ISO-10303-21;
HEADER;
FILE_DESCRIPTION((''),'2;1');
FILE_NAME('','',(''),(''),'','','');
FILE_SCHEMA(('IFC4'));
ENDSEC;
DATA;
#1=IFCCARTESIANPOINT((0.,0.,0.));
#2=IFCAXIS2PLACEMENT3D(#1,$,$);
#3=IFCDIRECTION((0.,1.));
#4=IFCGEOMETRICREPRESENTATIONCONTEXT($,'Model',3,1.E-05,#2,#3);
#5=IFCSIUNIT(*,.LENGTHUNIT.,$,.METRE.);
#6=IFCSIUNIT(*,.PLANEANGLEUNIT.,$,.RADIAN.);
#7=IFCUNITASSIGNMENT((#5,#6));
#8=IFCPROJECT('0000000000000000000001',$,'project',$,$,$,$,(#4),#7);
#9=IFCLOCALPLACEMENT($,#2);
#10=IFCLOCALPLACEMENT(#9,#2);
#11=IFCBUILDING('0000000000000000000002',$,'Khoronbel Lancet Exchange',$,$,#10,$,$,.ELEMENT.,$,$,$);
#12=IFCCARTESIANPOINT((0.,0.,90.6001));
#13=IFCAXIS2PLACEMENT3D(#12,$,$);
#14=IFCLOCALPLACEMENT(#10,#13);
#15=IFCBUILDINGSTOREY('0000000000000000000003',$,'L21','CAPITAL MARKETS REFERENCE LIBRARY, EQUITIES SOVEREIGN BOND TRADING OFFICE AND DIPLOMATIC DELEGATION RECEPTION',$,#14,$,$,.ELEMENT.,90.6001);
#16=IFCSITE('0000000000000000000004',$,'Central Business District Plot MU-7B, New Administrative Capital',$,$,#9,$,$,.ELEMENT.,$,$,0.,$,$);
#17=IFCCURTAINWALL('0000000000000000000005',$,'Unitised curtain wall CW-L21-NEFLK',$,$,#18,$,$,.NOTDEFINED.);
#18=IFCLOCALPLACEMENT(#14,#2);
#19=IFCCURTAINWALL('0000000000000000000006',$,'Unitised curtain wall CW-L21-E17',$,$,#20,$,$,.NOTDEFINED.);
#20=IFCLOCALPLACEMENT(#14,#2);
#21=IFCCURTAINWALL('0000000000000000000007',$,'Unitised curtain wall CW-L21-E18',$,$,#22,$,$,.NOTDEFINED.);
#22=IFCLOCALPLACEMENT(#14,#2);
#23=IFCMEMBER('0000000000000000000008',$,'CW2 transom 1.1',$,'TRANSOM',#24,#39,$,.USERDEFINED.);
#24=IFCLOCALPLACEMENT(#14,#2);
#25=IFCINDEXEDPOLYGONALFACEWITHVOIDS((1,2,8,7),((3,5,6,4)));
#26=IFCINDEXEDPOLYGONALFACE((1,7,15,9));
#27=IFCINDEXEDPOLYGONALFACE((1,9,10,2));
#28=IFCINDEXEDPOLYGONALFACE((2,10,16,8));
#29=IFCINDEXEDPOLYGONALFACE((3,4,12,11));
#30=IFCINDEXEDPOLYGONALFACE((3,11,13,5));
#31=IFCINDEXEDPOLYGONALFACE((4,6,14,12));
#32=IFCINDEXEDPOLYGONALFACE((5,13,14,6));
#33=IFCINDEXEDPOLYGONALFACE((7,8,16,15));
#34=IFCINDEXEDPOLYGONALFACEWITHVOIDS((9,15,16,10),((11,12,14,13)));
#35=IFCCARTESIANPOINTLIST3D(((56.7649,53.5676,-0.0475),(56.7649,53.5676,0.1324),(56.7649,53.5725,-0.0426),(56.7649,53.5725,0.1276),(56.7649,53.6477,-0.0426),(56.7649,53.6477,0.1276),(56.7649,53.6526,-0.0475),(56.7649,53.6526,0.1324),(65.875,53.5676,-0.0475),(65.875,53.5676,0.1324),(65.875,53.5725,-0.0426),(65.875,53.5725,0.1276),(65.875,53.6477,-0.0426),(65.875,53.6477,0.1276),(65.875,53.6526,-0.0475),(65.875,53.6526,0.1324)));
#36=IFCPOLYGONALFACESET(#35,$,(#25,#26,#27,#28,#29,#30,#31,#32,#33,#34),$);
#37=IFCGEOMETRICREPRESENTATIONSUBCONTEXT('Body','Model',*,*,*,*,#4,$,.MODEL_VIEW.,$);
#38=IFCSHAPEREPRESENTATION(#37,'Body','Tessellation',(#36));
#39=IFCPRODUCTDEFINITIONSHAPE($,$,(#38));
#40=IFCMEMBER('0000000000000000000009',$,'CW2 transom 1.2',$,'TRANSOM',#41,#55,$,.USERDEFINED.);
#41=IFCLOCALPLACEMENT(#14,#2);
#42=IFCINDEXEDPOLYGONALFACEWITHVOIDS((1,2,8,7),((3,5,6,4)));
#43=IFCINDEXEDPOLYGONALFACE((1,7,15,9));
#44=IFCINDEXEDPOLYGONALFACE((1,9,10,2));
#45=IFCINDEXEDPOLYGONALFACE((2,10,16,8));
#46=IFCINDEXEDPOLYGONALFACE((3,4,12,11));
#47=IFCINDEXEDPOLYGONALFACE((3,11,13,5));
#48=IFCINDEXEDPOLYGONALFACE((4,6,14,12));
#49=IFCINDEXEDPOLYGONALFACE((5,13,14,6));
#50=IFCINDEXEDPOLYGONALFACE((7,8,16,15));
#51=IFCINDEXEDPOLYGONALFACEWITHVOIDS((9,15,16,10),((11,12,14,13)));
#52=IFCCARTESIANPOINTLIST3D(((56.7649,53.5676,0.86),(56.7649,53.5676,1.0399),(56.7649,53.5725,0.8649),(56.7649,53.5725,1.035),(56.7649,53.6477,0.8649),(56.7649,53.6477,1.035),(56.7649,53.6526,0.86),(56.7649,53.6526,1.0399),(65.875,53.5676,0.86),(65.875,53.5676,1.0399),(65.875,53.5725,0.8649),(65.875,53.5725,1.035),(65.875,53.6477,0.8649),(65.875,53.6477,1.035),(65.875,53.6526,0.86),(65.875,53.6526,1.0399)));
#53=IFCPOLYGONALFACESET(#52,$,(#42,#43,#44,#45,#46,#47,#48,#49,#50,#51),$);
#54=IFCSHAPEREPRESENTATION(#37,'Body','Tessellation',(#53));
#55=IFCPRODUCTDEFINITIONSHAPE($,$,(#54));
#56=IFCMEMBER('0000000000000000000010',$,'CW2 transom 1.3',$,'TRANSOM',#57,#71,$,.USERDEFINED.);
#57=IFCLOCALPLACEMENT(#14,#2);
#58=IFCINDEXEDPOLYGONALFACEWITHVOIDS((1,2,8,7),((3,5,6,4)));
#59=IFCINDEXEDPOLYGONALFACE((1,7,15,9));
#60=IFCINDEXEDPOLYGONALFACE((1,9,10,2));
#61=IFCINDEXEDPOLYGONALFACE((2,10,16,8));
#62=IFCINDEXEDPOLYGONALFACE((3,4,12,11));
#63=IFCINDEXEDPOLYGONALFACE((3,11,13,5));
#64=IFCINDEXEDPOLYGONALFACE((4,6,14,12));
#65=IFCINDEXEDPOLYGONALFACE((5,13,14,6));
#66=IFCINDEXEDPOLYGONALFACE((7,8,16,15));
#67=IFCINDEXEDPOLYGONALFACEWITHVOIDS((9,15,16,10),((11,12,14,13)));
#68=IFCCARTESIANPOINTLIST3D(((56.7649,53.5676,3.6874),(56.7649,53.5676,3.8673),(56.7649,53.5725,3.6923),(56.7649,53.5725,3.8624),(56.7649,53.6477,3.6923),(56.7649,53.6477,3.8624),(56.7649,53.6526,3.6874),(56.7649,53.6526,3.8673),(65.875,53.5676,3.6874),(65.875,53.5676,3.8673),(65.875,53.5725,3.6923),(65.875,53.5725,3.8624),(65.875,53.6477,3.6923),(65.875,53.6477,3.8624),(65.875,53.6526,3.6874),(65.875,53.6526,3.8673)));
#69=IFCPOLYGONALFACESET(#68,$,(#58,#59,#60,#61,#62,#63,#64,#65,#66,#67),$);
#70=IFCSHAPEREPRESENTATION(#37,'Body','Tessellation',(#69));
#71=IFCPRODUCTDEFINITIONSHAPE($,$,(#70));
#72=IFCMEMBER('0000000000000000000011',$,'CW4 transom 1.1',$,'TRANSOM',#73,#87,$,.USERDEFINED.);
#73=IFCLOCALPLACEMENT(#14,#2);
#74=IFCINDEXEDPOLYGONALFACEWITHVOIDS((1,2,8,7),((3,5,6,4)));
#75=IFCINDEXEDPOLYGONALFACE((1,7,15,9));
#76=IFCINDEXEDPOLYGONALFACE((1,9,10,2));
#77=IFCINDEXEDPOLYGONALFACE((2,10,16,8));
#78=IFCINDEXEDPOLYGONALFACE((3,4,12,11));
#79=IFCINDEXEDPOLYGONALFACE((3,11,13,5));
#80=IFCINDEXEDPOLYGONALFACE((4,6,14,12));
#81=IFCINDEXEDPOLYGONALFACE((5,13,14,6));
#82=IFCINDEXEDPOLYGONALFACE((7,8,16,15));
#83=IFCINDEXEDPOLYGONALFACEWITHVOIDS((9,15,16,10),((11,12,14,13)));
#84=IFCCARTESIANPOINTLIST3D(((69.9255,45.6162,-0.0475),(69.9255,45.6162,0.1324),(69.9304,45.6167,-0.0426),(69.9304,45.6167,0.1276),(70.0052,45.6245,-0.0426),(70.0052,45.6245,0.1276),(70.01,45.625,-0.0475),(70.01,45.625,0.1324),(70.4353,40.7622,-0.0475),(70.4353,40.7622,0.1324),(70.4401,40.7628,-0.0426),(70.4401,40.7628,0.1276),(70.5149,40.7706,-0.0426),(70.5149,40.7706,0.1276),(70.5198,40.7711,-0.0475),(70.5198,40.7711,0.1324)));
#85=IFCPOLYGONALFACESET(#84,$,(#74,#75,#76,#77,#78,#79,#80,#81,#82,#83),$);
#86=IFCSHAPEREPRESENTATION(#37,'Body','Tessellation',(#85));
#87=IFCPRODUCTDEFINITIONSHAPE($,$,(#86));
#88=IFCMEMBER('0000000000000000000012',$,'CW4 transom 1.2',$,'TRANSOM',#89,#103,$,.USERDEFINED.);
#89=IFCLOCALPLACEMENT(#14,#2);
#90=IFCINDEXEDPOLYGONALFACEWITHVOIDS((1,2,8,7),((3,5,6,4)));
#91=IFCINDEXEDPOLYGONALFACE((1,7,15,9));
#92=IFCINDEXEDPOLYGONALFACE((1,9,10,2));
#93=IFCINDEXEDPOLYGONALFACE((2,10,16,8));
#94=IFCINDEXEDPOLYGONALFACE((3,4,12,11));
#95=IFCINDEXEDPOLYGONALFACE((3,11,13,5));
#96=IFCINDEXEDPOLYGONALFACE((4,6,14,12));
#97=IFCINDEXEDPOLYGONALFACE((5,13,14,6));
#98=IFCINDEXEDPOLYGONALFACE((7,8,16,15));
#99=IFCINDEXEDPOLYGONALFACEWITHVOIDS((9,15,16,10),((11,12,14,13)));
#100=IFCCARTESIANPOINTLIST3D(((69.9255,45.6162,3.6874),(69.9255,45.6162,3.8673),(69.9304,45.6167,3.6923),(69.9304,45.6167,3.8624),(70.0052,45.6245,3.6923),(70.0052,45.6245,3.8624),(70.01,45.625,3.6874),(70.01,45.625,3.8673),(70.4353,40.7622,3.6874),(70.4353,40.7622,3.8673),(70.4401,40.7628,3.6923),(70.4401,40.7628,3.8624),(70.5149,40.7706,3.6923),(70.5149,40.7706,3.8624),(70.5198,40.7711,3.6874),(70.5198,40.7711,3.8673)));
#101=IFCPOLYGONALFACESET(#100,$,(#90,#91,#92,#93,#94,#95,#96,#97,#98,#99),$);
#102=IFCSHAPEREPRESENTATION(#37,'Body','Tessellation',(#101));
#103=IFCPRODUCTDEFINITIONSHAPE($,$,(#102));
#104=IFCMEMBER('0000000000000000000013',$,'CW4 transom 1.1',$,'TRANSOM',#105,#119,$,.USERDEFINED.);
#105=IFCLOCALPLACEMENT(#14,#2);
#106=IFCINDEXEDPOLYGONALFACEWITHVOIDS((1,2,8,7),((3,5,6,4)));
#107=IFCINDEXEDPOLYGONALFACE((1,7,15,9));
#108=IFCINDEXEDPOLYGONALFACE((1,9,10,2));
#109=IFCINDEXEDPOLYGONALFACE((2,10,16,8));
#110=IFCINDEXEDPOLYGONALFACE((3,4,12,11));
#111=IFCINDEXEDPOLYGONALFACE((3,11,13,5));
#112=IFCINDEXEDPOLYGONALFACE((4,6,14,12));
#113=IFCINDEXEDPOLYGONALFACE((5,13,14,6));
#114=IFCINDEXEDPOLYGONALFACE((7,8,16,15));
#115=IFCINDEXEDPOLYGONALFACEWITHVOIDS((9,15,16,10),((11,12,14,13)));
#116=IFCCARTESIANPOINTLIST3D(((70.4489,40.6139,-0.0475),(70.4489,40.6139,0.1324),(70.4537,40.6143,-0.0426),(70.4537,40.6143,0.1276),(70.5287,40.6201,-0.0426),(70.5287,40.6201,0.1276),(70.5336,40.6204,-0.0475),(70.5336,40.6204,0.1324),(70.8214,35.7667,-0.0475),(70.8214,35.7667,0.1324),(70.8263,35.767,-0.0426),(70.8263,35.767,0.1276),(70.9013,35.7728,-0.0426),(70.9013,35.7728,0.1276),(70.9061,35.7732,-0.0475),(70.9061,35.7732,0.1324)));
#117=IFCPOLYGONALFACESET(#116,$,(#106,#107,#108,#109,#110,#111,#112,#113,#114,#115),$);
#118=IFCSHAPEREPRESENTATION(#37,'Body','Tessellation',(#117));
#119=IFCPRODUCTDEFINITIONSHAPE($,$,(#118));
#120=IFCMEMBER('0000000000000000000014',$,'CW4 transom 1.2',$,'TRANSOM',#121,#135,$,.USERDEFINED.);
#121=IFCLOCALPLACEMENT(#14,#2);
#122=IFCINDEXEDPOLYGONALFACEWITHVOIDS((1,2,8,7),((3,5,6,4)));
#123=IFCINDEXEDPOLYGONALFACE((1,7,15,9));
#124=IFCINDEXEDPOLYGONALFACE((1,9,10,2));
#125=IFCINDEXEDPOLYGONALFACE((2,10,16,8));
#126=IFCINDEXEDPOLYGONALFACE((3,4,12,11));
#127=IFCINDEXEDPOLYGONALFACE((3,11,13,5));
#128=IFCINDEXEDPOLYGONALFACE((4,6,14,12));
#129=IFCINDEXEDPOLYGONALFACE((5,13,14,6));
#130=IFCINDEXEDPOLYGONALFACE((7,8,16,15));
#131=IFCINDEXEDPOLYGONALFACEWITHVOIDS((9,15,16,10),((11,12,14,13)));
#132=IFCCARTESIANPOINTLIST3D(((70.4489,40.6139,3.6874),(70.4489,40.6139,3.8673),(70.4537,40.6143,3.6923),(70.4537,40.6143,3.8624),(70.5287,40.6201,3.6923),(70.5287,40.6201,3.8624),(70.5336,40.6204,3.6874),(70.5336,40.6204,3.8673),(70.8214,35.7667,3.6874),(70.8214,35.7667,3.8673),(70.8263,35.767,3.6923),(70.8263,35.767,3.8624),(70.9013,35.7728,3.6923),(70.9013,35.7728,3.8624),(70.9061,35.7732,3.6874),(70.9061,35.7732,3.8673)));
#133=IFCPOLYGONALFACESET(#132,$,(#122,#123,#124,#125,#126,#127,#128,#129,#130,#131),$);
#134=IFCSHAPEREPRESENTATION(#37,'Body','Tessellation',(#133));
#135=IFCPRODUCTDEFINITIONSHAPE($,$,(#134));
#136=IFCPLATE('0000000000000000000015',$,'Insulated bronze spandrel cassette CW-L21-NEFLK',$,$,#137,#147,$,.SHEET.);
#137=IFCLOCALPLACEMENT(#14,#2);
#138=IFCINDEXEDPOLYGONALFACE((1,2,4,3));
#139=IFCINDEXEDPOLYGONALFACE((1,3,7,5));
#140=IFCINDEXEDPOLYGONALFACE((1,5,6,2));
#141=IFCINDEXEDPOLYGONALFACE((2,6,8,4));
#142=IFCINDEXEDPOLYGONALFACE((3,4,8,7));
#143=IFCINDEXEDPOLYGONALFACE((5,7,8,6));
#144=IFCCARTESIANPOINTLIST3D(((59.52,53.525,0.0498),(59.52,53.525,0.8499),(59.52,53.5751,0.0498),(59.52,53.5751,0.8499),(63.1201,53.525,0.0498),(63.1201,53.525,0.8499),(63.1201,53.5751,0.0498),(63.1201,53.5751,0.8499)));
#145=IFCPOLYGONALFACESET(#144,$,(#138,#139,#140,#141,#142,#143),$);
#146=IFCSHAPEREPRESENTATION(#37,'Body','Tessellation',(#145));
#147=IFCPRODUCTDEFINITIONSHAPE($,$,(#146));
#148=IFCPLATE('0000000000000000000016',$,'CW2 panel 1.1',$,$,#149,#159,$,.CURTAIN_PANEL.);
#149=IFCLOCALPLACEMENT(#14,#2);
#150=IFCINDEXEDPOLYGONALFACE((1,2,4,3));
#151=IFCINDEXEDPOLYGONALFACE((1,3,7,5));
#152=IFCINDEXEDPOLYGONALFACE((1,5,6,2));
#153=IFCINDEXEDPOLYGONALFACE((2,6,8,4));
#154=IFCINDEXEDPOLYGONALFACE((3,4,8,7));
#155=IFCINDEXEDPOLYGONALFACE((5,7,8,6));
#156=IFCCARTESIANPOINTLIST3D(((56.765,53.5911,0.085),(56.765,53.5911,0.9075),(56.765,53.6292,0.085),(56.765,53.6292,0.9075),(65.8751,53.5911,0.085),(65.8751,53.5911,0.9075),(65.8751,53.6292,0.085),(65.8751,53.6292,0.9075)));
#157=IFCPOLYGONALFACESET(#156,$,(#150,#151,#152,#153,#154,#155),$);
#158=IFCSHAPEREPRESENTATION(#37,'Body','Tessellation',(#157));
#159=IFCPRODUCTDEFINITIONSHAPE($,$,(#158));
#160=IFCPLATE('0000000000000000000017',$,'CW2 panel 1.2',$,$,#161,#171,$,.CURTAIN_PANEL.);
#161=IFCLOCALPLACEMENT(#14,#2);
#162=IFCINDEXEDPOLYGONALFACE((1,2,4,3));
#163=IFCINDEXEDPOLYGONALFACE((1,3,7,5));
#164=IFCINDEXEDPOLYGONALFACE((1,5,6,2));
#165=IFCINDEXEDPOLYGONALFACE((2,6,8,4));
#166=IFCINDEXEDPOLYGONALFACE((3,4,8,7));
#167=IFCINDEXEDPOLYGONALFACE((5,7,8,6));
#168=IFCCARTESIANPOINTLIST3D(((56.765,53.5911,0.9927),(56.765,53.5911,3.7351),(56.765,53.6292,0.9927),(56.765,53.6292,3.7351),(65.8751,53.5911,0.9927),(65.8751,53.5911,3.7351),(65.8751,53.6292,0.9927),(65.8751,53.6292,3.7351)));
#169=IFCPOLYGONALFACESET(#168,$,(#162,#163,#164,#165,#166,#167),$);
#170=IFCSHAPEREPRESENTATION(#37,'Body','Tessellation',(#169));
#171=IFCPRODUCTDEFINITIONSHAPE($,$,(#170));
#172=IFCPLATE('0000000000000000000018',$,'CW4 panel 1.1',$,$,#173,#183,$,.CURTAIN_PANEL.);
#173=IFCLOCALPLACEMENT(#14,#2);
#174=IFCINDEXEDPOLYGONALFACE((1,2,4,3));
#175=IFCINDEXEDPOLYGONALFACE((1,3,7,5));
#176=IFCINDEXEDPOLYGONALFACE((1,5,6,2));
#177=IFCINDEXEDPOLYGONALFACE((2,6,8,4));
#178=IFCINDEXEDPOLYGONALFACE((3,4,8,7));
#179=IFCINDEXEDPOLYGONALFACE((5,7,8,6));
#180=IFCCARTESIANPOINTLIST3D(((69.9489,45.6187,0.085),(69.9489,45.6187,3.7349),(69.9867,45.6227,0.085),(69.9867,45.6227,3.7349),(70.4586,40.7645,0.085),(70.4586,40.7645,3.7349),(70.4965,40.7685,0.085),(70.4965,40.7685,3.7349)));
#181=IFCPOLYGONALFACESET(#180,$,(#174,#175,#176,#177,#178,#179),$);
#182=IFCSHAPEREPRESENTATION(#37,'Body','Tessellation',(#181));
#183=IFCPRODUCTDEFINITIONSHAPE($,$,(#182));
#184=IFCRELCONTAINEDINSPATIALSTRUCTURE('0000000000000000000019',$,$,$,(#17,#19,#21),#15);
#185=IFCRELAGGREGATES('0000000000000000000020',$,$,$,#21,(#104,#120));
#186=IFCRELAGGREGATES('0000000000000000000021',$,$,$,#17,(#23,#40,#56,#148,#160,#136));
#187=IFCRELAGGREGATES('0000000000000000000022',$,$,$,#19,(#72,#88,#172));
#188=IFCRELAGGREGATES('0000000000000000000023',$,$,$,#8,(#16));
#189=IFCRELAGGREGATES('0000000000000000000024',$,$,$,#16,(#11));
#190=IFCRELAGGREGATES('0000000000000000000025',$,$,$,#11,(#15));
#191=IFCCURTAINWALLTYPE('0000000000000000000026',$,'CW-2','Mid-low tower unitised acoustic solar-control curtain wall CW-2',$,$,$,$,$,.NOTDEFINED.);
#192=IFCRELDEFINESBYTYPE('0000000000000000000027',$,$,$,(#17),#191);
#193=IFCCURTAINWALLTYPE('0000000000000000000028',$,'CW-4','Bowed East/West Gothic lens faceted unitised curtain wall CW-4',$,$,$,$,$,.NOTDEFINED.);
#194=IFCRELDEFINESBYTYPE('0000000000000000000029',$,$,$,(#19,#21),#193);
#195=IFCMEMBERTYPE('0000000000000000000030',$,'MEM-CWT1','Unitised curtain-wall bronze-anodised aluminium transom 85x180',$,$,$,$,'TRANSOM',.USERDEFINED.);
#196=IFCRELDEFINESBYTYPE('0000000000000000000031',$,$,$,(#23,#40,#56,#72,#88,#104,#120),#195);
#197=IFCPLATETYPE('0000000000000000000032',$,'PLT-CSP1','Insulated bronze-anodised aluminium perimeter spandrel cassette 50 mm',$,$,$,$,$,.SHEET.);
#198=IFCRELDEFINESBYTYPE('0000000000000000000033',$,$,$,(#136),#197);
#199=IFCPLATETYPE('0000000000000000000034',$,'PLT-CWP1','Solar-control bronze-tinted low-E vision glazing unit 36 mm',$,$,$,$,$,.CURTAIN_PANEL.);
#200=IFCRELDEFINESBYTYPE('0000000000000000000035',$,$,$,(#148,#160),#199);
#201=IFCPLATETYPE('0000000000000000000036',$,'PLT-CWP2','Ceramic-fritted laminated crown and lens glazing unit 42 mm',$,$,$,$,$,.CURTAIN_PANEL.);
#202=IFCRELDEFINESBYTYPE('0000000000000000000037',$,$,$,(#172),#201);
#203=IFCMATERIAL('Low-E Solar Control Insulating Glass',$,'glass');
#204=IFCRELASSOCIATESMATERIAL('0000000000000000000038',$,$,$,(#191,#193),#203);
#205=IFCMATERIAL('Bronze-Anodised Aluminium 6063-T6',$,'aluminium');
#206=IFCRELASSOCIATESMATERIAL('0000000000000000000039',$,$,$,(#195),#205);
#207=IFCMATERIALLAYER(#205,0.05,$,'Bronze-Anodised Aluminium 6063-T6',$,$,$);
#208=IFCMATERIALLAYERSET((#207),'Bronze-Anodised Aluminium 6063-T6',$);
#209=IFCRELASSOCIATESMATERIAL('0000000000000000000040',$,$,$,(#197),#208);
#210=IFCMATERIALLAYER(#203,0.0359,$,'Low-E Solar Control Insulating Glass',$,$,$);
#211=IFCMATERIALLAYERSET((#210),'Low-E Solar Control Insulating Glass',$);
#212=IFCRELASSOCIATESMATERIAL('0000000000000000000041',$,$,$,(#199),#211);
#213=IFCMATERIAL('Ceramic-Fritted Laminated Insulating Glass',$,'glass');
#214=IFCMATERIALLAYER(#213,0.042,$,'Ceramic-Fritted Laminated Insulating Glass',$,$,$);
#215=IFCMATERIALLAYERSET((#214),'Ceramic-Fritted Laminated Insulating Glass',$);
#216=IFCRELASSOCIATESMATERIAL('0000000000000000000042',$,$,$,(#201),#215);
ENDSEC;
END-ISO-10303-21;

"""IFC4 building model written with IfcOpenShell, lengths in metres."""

from ifc_helpers import new_model, si_unit, direction, frame, origin, origin_2d, place, context, subcontext, project, spatial, rectangle, hollow_rectangle, extrude, material, layer, layer_set, material_profile, profile_set, type_object, element, aggregate, save


model = new_model("IFC4")

# Units and contexts
model_context = context("Model", 3, precision=1e-05, world=origin(), true_north=direction((0.0, 1.0)))
body_context = subcontext(model_context, "Body", "Model", "MODEL_VIEW")
ifc_project = project(units=[si_unit("LENGTHUNIT", "METRE"), si_unit("PLANEANGLEUNIT", "RADIAN")], contexts=[model_context])

# Site, building, storey
site_placement = place(None, origin())
site = spatial("IfcSite", under=ifc_project, at=site_placement, Name="Central Business District Plot MU-7B, New Administrative Capital", CompositionType="ELEMENT", RefElevation=0.0)
building_placement = place(site_placement, origin())
building = spatial("IfcBuilding", under=site, at=building_placement, Name="Khoronbel Lancet Exchange", CompositionType="ELEMENT")
storey_placement = place(building_placement, frame((0.0, 0.0, 90.6001)))
storey = spatial("IfcBuildingStorey", under=building, at=storey_placement, Name="L21", Description="CAPITAL MARKETS REFERENCE LIBRARY, EQUITIES SOVEREIGN BOND TRADING OFFICE AND DIPLOMATIC DELEGATION RECEPTION", CompositionType="ELEMENT", Elevation=90.6001)

# Curtain walls
ifc_material_1 = material(Name="Low-E Solar Control Insulating Glass", Category="glass")
curtain_wall_type_1 = type_object("IfcCurtainWallType", Name="CW-2", Description="Mid-low tower unitised acoustic solar-control curtain wall CW-2", PredefinedType="NOTDEFINED", material=ifc_material_1)
curtain_wall_1_placement = place(storey_placement, origin())
curtain_wall_1 = element("IfcCurtainWall", 1, at=curtain_wall_1_placement, inside=storey, type_object=curtain_wall_type_1, Name="Unitised curtain wall CW-L21-NEFLK", PredefinedType="NOTDEFINED")
ifc_material_2 = material(Name="Bronze-Anodised Aluminium 6063-T6", Category="aluminium")
curtain_wall_type_2 = type_object("IfcCurtainWallType", Name="CW-4", Description="Bowed East/West Gothic lens faceted unitised curtain wall CW-4", PredefinedType="NOTDEFINED", material=ifc_material_1)
curtain_wall_2_placement = place(storey_placement, origin())
curtain_wall_2 = element("IfcCurtainWall", 2, at=curtain_wall_2_placement, inside=storey, type_object=curtain_wall_type_2, Name="Unitised curtain wall CW-L21-E17", PredefinedType="NOTDEFINED")

# Curtain wall
curtain_wall_3_placement = place(storey_placement, origin())
curtain_wall_3 = element("IfcCurtainWall", 3, at=curtain_wall_3_placement, inside=storey, type_object=curtain_wall_type_2, Name="Unitised curtain wall CW-L21-E18", PredefinedType="NOTDEFINED")

# Members
ifc_material_profile_1 = material_profile(ifc_material_2, hollow_rectangle(XDim=0.085, YDim=0.1799, WallThickness=0.0049, at=origin_2d()), Name="ALU TRANSOM 85x180")
ifc_profile_set_1 = profile_set([ifc_material_profile_1], Name="Bronze-Anodised Aluminium 6063-T6")
member_type_1 = type_object("IfcMemberType", Name="MEM-CWT1", Description="Unitised curtain-wall bronze-anodised aluminium transom 85x180", ElementType="TRANSOM", PredefinedType="USERDEFINED", material=ifc_profile_set_1)
member_1_placement = place(storey_placement, frame((65.875, 53.6101, 0.0425), z_axis=(-1.0, 0.0, 0.0), x_axis=(0.0, -1.0, 0.0)))
member_1 = element("IfcMember", 4, at=member_1_placement, type_object=member_type_1, Name="CW2 transom 1.1", ObjectType="TRANSOM", PredefinedType="USERDEFINED", context=body_context, shape_type="SweptSolid", body=[
    extrude(hollow_rectangle(XDim=0.085, YDim=0.1799, WallThickness=0.0049, at=origin_2d()), origin(), (0.0, 0.0, 1.0), 9.1101),
])
member_2_placement = place(storey_placement, frame((65.875, 53.6101, 0.95), z_axis=(-1.0, 0.0, 0.0), x_axis=(0.0, -1.0, 0.0)))
member_2 = element("IfcMember", 5, at=member_2_placement, type_object=member_type_1, Name="CW2 transom 1.2", ObjectType="TRANSOM", PredefinedType="USERDEFINED", context=body_context, shape_type="SweptSolid", body=[
    extrude(hollow_rectangle(XDim=0.085, YDim=0.1799, WallThickness=0.0049, at=origin_2d()), origin(), (0.0, 0.0, 1.0), 9.1101),
])
member_3_placement = place(storey_placement, frame((65.875, 53.6101, 3.7773), z_axis=(-1.0, 0.0, 0.0), x_axis=(0.0, -1.0, 0.0)))
member_3 = element("IfcMember", 6, at=member_3_placement, type_object=member_type_1, Name="CW2 transom 1.3", ObjectType="TRANSOM", PredefinedType="USERDEFINED", context=body_context, shape_type="SweptSolid", body=[
    extrude(hollow_rectangle(XDim=0.085, YDim=0.1799, WallThickness=0.0049, at=origin_2d()), origin(), (0.0, 0.0, 1.0), 9.1101),
])
member_4_placement = place(storey_placement, frame((69.9678, 45.6206, 0.0425), z_axis=(0.104445, -0.994531, 0.0), x_axis=(0.994531, 0.104445, 0.0)))
member_4 = element("IfcMember", 7, at=member_4_placement, type_object=member_type_1, Name="CW4 transom 1.1", ObjectType="TRANSOM", PredefinedType="USERDEFINED", context=body_context, shape_type="SweptSolid", body=[
    extrude(hollow_rectangle(XDim=0.085, YDim=0.1799, WallThickness=0.0049, at=origin_2d()), origin(), (0.0, 0.0, 1.0), 4.8806),
])
member_5_placement = place(storey_placement, frame((69.9678, 45.6206, 3.7773), z_axis=(0.104445, -0.994531, 0.0), x_axis=(0.994531, 0.104445, 0.0)))
member_5 = element("IfcMember", 8, at=member_5_placement, type_object=member_type_1, Name="CW4 transom 1.2", ObjectType="TRANSOM", PredefinedType="USERDEFINED", context=body_context, shape_type="SweptSolid", body=[
    extrude(hollow_rectangle(XDim=0.085, YDim=0.1799, WallThickness=0.0049, at=origin_2d()), origin(), (0.0, 0.0, 1.0), 4.8806),
])
member_6_placement = place(storey_placement, frame((70.4912, 40.6172, 0.0425), z_axis=(0.076635, -0.997059, 0.0), x_axis=(0.997059, 0.076635, 0.0)))
member_6 = element("IfcMember", 9, at=member_6_placement, type_object=member_type_1, Name="CW4 transom 1.1", ObjectType="TRANSOM", PredefinedType="USERDEFINED", context=body_context, shape_type="SweptSolid", body=[
    extrude(hollow_rectangle(XDim=0.085, YDim=0.1799, WallThickness=0.0049, at=origin_2d()), origin(), (0.0, 0.0, 1.0), 4.8616),
])
member_7_placement = place(storey_placement, frame((70.4912, 40.6172, 3.7773), z_axis=(0.076635, -0.997059, 0.0), x_axis=(0.997059, 0.076635, 0.0)))
member_7 = element("IfcMember", 10, at=member_7_placement, type_object=member_type_1, Name="CW4 transom 1.2", ObjectType="TRANSOM", PredefinedType="USERDEFINED", context=body_context, shape_type="SweptSolid", body=[
    extrude(hollow_rectangle(XDim=0.085, YDim=0.1799, WallThickness=0.0049, at=origin_2d()), origin(), (0.0, 0.0, 1.0), 4.8616),
])
aggregate(curtain_wall_3, [member_6, member_7])

# Plates
ifc_layer_1 = layer(ifc_material_2, 0.05, Name="Bronze-Anodised Aluminium 6063-T6")
ifc_layer_set_1 = layer_set([ifc_layer_1], Name="Bronze-Anodised Aluminium 6063-T6")
plate_type_1 = type_object("IfcPlateType", Name="PLT-CSP1", Description="Insulated bronze-anodised aluminium perimeter spandrel cassette 50 mm", PredefinedType="SHEET", material=ifc_layer_set_1)
plate_1_placement = place(storey_placement, frame((61.3201, 53.55, 0.0498), z_axis=(0.0, 0.0, 1.0), x_axis=(-1.0, 0.0, 0.0)))
plate_1 = element("IfcPlate", 11, at=plate_1_placement, type_object=plate_type_1, Name="Insulated bronze spandrel cassette CW-L21-NEFLK", PredefinedType="SHEET", context=body_context, shape_type="SweptSolid", body=[
    extrude(rectangle(XDim=3.6001, YDim=0.05, at=origin_2d()), origin(), (0.0, 0.0, 1.0), 0.8),
])
ifc_layer_2 = layer(ifc_material_1, 0.0359, Name="Low-E Solar Control Insulating Glass")
ifc_layer_set_2 = layer_set([ifc_layer_2], Name="Low-E Solar Control Insulating Glass")
plate_type_2 = type_object("IfcPlateType", Name="PLT-CWP1", Description="Solar-control bronze-tinted low-E vision glazing unit 36 mm", PredefinedType="CURTAIN_PANEL", material=ifc_layer_set_2)
plate_2_placement = place(storey_placement, frame((61.3201, 53.6101, 0.085), z_axis=(0.0, 0.0, 1.0), x_axis=(-1.0, 0.0, 0.0)))
plate_2 = element("IfcPlate", 12, at=plate_2_placement, type_object=plate_type_2, Name="CW2 panel 1.1", PredefinedType="CURTAIN_PANEL", context=body_context, shape_type="SweptSolid", body=[
    extrude(rectangle(XDim=9.1101, YDim=0.0381, at=origin_2d()), origin(), (0.0, 0.0, 1.0), 0.8225),
])
plate_3_placement = place(storey_placement, frame((61.3201, 53.6101, 0.9927), z_axis=(0.0, 0.0, 1.0), x_axis=(-1.0, 0.0, 0.0)))
plate_3 = element("IfcPlate", 13, at=plate_3_placement, type_object=plate_type_2, Name="CW2 panel 1.2", PredefinedType="CURTAIN_PANEL", context=body_context, shape_type="SweptSolid", body=[
    extrude(rectangle(XDim=9.1101, YDim=0.0381, at=origin_2d()), origin(), (0.0, 0.0, 1.0), 2.7424),
])
aggregate(curtain_wall_1, [member_1, member_2, member_3, plate_2, plate_3, plate_1])
ifc_material_3 = material(Name="Ceramic-Fritted Laminated Insulating Glass", Category="glass")
ifc_layer_3 = layer(ifc_material_3, 0.042, Name="Ceramic-Fritted Laminated Insulating Glass")
ifc_layer_set_3 = layer_set([ifc_layer_3], Name="Ceramic-Fritted Laminated Insulating Glass")
plate_type_3 = type_object("IfcPlateType", Name="PLT-CWP2", Description="Ceramic-fritted laminated crown and lens glazing unit 42 mm", PredefinedType="CURTAIN_PANEL", material=ifc_layer_set_3)
plate_4_placement = place(storey_placement, frame((70.2227, 43.1936, 0.085), z_axis=(0.0, 0.0, 1.0), x_axis=(0.104434, -0.994532, 0.0)))
plate_4 = element("IfcPlate", 14, at=plate_4_placement, type_object=plate_type_3, Name="CW4 panel 1.1", PredefinedType="CURTAIN_PANEL", context=body_context, shape_type="SweptSolid", body=[
    extrude(rectangle(XDim=4.8809, YDim=0.0381, at=origin_2d()), origin(), (0.0, 0.0, 1.0), 3.6499),
])
aggregate(curtain_wall_2, [member_4, member_5, plate_4])

save(model, "model.ifc")
